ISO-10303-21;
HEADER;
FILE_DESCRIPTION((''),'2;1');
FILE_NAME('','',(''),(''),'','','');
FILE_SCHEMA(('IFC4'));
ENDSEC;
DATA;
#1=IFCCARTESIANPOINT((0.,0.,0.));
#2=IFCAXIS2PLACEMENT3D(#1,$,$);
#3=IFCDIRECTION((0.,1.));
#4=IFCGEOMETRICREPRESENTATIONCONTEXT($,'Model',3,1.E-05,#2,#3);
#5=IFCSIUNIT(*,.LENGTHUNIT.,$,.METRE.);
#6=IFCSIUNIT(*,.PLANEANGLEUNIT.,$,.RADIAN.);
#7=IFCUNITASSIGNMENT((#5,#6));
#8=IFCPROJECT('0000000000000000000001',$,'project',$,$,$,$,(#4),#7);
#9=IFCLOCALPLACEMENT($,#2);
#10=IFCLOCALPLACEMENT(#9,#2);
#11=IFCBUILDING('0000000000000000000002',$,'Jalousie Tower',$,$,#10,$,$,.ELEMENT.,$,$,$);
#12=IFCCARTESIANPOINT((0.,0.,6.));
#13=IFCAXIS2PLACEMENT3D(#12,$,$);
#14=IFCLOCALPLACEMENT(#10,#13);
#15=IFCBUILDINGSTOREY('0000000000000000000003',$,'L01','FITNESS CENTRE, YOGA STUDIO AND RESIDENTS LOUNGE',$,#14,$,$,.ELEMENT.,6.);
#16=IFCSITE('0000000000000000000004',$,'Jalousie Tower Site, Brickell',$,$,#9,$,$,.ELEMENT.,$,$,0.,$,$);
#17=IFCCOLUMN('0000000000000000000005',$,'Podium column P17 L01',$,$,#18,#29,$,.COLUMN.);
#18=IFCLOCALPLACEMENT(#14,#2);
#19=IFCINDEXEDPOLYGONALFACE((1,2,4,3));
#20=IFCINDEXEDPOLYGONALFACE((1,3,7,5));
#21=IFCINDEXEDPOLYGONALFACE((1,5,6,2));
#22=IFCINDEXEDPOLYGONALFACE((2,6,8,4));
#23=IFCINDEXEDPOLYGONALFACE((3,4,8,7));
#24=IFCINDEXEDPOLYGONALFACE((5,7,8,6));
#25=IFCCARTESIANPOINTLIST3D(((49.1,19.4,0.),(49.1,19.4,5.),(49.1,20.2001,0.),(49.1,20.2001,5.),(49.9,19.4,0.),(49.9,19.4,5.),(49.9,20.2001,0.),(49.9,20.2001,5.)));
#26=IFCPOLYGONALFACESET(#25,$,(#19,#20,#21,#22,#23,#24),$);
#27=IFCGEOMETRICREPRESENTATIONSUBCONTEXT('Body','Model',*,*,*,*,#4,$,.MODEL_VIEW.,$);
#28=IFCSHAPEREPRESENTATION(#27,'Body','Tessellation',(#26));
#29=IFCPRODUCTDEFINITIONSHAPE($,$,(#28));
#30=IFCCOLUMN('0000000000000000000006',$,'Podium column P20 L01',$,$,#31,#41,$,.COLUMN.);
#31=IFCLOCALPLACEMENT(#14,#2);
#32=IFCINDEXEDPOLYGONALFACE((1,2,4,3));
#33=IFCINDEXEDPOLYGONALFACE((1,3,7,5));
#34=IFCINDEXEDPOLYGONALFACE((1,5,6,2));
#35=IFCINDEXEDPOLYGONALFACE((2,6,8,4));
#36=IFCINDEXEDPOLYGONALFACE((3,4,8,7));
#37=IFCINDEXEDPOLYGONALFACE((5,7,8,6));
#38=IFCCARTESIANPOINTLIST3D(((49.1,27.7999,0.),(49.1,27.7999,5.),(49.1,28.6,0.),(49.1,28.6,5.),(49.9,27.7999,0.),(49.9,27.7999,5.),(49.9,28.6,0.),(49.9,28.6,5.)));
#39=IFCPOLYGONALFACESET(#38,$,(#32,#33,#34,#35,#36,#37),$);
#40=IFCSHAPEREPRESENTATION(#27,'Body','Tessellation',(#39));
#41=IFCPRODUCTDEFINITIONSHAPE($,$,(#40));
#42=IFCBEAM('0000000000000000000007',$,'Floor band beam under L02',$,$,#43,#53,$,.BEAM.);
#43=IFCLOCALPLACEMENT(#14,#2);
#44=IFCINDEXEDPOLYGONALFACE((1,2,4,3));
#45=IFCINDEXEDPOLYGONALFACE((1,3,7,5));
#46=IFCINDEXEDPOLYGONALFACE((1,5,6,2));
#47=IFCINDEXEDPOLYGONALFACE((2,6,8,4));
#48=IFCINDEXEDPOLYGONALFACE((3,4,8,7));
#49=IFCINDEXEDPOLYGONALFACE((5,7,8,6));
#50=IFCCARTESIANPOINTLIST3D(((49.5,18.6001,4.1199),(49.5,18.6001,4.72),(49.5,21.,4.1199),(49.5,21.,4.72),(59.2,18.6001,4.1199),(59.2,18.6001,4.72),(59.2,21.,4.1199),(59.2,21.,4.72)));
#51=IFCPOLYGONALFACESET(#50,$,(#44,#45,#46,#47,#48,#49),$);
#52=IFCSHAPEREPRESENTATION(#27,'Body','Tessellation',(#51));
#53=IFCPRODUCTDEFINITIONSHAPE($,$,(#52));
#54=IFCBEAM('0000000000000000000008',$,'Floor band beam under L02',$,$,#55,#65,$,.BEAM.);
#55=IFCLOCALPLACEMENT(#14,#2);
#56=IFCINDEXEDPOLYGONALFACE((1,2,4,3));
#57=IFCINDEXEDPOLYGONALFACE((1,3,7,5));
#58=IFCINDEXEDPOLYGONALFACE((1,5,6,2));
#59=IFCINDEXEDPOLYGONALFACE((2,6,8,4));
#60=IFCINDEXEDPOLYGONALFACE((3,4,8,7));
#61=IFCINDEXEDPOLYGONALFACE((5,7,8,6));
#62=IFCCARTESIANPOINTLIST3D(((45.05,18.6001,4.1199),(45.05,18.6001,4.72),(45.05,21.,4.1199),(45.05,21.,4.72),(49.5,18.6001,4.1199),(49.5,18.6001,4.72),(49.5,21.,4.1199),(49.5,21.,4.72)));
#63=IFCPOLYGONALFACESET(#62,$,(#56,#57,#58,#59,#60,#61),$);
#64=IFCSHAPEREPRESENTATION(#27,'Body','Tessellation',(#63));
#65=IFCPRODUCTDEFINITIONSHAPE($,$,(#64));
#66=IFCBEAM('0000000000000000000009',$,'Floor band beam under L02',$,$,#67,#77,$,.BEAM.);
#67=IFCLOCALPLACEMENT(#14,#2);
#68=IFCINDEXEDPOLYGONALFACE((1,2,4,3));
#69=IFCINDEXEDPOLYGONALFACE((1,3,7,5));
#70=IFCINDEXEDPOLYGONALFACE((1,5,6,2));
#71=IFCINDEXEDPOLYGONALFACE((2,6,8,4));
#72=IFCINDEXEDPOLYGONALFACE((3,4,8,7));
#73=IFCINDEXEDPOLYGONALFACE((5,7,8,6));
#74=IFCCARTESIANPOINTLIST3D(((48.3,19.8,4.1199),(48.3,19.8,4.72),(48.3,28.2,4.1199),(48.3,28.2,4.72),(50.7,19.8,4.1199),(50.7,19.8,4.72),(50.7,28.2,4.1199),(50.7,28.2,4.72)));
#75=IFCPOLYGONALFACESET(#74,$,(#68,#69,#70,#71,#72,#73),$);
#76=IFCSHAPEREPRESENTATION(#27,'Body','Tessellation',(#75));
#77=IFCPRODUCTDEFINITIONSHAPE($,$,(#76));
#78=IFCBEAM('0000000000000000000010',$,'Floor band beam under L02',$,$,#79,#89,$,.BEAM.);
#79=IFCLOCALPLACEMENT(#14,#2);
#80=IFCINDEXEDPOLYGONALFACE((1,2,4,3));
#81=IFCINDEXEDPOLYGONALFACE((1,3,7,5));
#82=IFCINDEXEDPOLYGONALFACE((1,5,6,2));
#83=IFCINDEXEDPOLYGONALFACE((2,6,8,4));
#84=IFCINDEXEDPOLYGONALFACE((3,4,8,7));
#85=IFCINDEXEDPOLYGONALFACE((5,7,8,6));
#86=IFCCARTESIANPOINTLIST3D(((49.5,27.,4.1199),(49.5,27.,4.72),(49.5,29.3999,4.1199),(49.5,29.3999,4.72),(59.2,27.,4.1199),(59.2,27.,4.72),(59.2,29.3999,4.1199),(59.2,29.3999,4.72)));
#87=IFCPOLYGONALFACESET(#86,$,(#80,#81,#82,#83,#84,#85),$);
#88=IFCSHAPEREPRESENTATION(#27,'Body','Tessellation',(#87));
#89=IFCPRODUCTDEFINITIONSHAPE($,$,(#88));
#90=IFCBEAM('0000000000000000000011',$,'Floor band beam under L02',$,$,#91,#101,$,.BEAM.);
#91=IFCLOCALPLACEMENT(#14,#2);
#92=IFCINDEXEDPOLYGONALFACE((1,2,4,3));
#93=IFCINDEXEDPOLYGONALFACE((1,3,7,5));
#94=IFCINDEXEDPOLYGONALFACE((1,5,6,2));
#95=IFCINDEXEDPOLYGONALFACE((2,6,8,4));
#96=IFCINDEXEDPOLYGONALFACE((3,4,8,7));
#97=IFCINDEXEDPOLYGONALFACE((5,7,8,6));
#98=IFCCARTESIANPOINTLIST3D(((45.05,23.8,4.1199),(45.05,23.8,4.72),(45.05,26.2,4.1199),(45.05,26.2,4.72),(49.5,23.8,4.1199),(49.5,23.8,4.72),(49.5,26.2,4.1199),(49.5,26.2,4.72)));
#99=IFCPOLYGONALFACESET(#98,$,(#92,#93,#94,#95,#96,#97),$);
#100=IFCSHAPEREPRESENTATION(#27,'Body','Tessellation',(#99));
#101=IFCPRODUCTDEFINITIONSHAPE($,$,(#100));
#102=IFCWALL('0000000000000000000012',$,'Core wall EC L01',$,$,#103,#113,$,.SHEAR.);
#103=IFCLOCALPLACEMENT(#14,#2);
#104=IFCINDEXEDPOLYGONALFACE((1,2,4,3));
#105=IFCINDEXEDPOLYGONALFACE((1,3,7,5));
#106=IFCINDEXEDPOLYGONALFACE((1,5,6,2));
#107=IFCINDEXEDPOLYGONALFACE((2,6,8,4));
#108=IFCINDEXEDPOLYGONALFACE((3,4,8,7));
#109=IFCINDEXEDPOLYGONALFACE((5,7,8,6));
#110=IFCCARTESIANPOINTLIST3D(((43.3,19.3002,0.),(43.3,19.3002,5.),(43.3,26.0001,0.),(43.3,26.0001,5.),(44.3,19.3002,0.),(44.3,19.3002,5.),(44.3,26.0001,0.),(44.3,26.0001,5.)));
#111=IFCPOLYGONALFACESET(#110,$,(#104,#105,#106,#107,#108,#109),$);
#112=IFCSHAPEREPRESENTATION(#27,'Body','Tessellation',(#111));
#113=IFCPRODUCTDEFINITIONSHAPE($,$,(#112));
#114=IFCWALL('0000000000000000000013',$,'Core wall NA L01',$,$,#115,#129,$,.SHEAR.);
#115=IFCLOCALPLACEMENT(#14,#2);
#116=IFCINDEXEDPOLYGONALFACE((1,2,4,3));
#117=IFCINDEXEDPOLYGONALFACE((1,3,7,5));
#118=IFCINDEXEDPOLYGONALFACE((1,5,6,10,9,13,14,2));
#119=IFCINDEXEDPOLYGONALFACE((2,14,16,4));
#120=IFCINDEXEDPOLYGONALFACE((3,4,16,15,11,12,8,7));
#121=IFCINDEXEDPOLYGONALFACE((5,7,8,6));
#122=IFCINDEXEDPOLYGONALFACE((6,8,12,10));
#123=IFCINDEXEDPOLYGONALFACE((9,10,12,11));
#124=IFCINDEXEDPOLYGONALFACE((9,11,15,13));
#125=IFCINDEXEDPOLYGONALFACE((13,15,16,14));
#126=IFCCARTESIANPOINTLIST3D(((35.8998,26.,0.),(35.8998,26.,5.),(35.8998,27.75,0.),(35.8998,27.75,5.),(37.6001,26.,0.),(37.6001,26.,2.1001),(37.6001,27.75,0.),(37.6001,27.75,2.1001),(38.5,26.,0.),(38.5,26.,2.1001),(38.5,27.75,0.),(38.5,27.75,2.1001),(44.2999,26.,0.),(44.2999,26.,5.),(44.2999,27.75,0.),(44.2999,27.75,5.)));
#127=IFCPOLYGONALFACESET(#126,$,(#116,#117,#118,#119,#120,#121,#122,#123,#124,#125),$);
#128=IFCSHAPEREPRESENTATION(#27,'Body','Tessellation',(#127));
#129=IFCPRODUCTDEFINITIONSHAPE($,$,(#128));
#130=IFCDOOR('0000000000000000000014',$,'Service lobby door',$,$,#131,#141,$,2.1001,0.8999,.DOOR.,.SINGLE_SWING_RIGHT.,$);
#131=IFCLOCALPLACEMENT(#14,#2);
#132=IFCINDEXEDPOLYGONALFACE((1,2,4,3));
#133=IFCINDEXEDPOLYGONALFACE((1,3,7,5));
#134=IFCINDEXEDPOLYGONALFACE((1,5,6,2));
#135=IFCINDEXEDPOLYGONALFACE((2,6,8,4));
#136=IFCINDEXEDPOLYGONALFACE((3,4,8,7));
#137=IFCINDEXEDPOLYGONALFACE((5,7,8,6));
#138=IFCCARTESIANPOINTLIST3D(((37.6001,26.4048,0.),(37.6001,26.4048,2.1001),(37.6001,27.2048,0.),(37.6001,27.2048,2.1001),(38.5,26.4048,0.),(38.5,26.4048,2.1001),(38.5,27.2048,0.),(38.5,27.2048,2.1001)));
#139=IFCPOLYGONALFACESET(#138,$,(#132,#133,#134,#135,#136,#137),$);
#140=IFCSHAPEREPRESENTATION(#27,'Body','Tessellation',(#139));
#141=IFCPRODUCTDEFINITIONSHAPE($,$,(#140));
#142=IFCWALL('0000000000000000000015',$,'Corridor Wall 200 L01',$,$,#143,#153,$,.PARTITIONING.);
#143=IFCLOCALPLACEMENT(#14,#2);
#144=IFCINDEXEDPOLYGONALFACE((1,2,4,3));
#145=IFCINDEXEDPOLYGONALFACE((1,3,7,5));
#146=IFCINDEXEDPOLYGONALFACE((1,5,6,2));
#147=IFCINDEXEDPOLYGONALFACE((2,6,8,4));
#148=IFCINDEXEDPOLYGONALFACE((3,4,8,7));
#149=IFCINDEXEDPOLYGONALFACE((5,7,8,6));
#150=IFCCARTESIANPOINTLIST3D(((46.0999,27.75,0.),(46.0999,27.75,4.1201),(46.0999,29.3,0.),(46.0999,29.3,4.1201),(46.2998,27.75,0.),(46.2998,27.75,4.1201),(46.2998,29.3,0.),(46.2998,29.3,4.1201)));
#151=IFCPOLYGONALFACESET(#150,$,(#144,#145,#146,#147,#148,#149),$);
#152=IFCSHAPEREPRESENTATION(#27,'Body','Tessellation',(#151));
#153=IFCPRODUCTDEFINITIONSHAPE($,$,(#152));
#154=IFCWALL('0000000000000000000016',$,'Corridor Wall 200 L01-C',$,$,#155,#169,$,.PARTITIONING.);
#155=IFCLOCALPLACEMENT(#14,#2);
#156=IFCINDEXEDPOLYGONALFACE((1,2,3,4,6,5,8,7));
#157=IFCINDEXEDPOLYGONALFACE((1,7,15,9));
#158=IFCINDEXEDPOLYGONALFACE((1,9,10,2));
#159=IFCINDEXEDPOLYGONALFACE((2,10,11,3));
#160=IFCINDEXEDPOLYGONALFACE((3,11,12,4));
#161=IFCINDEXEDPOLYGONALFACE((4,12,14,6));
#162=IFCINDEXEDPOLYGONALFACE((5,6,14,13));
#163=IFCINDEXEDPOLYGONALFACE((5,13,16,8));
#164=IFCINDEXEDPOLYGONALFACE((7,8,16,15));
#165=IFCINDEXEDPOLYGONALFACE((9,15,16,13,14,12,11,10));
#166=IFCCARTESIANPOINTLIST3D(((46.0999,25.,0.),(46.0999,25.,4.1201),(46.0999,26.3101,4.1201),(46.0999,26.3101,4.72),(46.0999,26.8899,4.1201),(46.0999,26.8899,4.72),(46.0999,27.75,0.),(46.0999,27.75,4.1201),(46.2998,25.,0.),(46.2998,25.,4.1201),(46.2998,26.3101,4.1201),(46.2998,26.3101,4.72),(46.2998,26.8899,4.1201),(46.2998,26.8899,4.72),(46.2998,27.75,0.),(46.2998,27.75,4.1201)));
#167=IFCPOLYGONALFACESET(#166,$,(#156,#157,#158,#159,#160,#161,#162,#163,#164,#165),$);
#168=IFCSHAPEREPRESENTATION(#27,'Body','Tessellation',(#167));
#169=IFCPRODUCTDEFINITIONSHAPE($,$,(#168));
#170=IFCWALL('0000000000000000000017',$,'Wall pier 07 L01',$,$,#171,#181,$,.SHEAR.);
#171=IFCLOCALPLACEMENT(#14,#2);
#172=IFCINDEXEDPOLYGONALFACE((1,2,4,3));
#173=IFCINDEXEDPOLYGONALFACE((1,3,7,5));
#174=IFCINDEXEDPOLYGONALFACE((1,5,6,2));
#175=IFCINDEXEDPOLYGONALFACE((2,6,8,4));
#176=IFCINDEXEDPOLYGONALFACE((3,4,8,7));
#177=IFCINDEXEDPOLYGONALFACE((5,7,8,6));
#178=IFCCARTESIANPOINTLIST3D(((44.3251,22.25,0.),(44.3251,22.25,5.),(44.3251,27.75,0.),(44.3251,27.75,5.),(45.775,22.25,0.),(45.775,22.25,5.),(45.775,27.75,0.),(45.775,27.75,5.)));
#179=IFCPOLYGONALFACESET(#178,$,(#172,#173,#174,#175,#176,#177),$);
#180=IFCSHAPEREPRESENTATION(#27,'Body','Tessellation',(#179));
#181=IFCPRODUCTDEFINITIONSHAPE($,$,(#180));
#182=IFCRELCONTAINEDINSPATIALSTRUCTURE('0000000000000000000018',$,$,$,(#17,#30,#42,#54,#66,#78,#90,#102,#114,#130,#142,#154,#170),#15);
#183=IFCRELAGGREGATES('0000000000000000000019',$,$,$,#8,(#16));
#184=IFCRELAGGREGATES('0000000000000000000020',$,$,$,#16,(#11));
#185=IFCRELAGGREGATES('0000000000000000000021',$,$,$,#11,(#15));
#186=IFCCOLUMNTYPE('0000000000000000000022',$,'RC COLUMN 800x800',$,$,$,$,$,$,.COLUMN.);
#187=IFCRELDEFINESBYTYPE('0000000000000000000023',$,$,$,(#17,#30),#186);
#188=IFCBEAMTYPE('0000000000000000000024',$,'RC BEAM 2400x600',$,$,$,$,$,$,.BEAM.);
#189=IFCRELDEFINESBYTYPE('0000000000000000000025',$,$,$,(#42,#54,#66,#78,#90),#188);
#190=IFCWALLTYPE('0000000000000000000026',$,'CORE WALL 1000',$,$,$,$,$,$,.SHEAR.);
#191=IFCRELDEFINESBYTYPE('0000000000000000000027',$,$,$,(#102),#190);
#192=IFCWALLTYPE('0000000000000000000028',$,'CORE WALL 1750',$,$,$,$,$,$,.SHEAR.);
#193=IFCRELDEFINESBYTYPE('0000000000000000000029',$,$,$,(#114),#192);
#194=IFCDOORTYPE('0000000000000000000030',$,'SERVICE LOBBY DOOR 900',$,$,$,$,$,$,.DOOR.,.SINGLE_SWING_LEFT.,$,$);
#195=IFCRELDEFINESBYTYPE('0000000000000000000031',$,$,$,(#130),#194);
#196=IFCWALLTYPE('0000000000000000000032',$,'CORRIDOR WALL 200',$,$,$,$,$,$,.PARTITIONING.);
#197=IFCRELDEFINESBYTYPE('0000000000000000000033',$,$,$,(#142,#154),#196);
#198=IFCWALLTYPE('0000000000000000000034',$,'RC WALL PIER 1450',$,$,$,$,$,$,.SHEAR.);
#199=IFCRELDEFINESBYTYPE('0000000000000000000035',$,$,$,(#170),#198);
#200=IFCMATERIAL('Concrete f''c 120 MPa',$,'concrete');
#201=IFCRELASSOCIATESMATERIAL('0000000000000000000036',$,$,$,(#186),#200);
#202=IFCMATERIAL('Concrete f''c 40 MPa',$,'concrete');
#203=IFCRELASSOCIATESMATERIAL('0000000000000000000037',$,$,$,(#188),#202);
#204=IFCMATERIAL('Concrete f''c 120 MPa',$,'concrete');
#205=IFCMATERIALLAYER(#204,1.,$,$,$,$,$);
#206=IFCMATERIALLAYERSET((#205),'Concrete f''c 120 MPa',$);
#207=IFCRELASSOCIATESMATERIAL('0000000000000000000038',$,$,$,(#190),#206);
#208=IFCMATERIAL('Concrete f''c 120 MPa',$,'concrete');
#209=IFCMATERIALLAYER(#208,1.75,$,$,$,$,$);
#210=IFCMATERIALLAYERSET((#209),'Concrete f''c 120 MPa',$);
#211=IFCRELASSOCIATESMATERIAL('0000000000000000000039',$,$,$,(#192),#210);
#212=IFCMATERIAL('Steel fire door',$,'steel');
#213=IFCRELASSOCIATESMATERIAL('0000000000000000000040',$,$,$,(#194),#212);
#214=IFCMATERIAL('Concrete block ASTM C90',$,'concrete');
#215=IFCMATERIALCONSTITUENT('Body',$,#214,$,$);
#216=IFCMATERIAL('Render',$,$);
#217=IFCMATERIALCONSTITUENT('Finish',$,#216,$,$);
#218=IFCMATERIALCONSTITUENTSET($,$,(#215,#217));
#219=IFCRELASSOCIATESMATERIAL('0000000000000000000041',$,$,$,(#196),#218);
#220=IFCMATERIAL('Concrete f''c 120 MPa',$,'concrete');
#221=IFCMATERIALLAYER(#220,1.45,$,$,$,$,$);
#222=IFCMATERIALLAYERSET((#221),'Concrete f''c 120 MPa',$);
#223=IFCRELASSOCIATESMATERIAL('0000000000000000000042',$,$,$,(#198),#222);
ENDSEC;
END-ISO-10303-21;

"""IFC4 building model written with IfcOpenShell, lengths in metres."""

from ifc_helpers import new_model, si_unit, direction, frame, frame_2d, origin, origin_2d, place, context, subcontext, project, spatial, polyline, rectangle, outline, extrude, material, layer, layer_set, constituent, constituent_set, material_profile, profile_set, type_object, element, fill, save


model = new_model("IFC4")

# Units and contexts
model_context = context("Model", 3, precision=1e-05, world=origin(), true_north=direction((0.0, 1.0)))
body_context = subcontext(model_context, "Body", "Model", "MODEL_VIEW")
ifc_project = project(units=[si_unit("LENGTHUNIT", "METRE"), si_unit("PLANEANGLEUNIT", "RADIAN")], contexts=[model_context])

# Site, building, storey
site_placement = place(None, origin())
site = spatial("IfcSite", under=ifc_project, at=site_placement, Name="Jalousie Tower Site, Brickell", CompositionType="ELEMENT", RefElevation=0.0)
building_placement = place(site_placement, origin())
building = spatial("IfcBuilding", under=site, at=building_placement, Name="Jalousie Tower", CompositionType="ELEMENT")
storey_placement = place(building_placement, frame((0.0, 0.0, 6.0)))
storey = spatial("IfcBuildingStorey", under=building, at=storey_placement, Name="L01", Description="FITNESS CENTRE, YOGA STUDIO AND RESIDENTS LOUNGE", CompositionType="ELEMENT", Elevation=6.0)

# Columns
ifc_material_1 = material(Name="Concrete f'c 120 MPa", Category="concrete")
ifc_material_profile_1 = material_profile(ifc_material_1, rectangle(XDim=0.8, YDim=0.8, at=origin_2d()), Name="RC 800x800")
ifc_profile_set_1 = profile_set([ifc_material_profile_1], Name="Concrete f'c 120 MPa")
column_type = type_object("IfcColumnType", Name="RC COLUMN 800x800", PredefinedType="COLUMN", material=ifc_profile_set_1)
for number, where, z_axis, x_axis, name in (
    (1, (49.5, 19.8, 0.0), (0.0, 0.0, 1.0), (1.0, 0.0, 0.0), "Podium column P17 L01"),
    (2, (49.5, 28.2, 0.0), (0.0, 0.0, 1.0), (1.0, 0.0, 0.0), "Podium column P20 L01"),
):
    element("IfcColumn", number, at=place(storey_placement, frame(where, z_axis=z_axis, x_axis=x_axis)), inside=storey, type_object=column_type, Name=name, PredefinedType="COLUMN", context=body_context, shape_type="SweptSolid", body=[
        extrude(rectangle(XDim=0.8, YDim=0.8, at=origin_2d()), origin(), (0.0, 0.0, 1.0), 5.0),
    ])

# Beams
ifc_material_2 = material(Name="Concrete f'c 40 MPa", Category="concrete")
ifc_material_profile_2 = material_profile(ifc_material_2, rectangle(XDim=2.3999, YDim=0.6001, at=origin_2d()), Name="RC 2400x600")
ifc_profile_set_2 = profile_set([ifc_material_profile_2], Name="Concrete f'c 40 MPa")
beam_type = type_object("IfcBeamType", Name="RC BEAM 2400x600", PredefinedType="BEAM", material=ifc_profile_set_2)
beam_1_placement = place(storey_placement, frame((49.5, 19.8, 4.4199), z_axis=(1.0, 0.0, 0.0), x_axis=(0.0, 1.0, 0.0)))
element("IfcBeam", 3, at=beam_1_placement, inside=storey, type_object=beam_type, Name="Floor band beam under L02", PredefinedType="BEAM", context=body_context, shape_type="SweptSolid", body=[
    extrude(rectangle(XDim=2.3999, YDim=0.6001, at=origin_2d()), origin(), (0.0, 0.0, 1.0), 9.7),
])
beam_2_placement = place(storey_placement, frame((49.5, 19.8, 4.4199), z_axis=(-1.0, 0.0, 0.0), x_axis=(0.0, -1.0, 0.0)))
element("IfcBeam", 4, at=beam_2_placement, inside=storey, type_object=beam_type, Name="Floor band beam under L02", PredefinedType="BEAM", context=body_context, shape_type="SweptSolid", body=[
    extrude(rectangle(XDim=2.3999, YDim=0.6001, at=origin_2d()), origin(), (0.0, 0.0, 1.0), 4.45),
])
beam_3_placement = place(storey_placement, frame((49.5, 19.8, 4.4199), z_axis=(0.0, 1.0, 0.0), x_axis=(-1.0, 0.0, 0.0)))
element("IfcBeam", 5, at=beam_3_placement, inside=storey, type_object=beam_type, Name="Floor band beam under L02", PredefinedType="BEAM", context=body_context, shape_type="SweptSolid", body=[
    extrude(rectangle(XDim=2.3999, YDim=0.6001, at=origin_2d()), origin(), (0.0, 0.0, 1.0), 8.3999),
])
beam_4_placement = place(storey_placement, frame((49.5, 28.2, 4.4199), z_axis=(1.0, 0.0, 0.0), x_axis=(0.0, 1.0, 0.0)))
element("IfcBeam", 6, at=beam_4_placement, inside=storey, type_object=beam_type, Name="Floor band beam under L02", PredefinedType="BEAM", context=body_context, shape_type="SweptSolid", body=[
    extrude(rectangle(XDim=2.3999, YDim=0.6001, at=origin_2d()), origin(), (0.0, 0.0, 1.0), 9.7),
])
beam_5_placement = place(storey_placement, frame((45.05, 25.0, 4.4199), z_axis=(1.0, 0.0, 0.0), x_axis=(0.0, 1.0, 0.0)))
element("IfcBeam", 7, at=beam_5_placement, inside=storey, type_object=beam_type, Name="Floor band beam under L02", PredefinedType="BEAM", context=body_context, shape_type="SweptSolid", body=[
    extrude(rectangle(XDim=2.3999, YDim=0.6001, at=origin_2d()), origin(), (0.0, 0.0, 1.0), 4.45),
])

# Wall
ifc_material_3 = material(Name="Concrete f'c 120 MPa", Category="concrete")
ifc_layer_1 = layer(ifc_material_3, 1.0)
ifc_layer_set_1 = layer_set([ifc_layer_1], Name="Concrete f'c 120 MPa")
wall_type_1 = type_object("IfcWallType", Name="CORE WALL 1000", PredefinedType="SHEAR", material=ifc_layer_set_1)
wall_1_placement = place(storey_placement, frame((43.8, 19.3, 0.0), z_axis=(0.0, 0.0, 1.0), x_axis=(0.0, 1.0, 0.0)))
element("IfcWall", 8, at=wall_1_placement, inside=storey, type_object=wall_type_1, Name="Core wall EC L01", PredefinedType="SHEAR", context=body_context, shape_type="SweptSolid", body=[
    extrude(rectangle(XDim=6.7, YDim=1.0, at=frame_2d((3.3501, 0.0))), origin(), (0.0, 0.0, 1.0), 5.0),
])

# Wall, opening, door
ifc_material_4 = material(Name="Concrete f'c 120 MPa", Category="concrete")
ifc_layer_2 = layer(ifc_material_4, 1.75)
ifc_layer_set_2 = layer_set([ifc_layer_2], Name="Concrete f'c 120 MPa")
wall_type_2 = type_object("IfcWallType", Name="CORE WALL 1750", PredefinedType="SHEAR", material=ifc_layer_set_2)
wall_2_placement = place(storey_placement, frame((44.3, 26.875, 0.0), z_axis=(0.0, 0.0, 1.0), x_axis=(-1.0, 0.0, 0.0)))
wall_2 = element("IfcWall", 9, at=wall_2_placement, inside=storey, type_object=wall_type_2, Name="Core wall NA L01", PredefinedType="SHEAR", context=body_context, shape_type="SweptSolid", body=[
    extrude(rectangle(XDim=8.4001, YDim=1.75, at=frame_2d((4.2002, 0.0))), origin(), (0.0, 0.0, 1.0), 5.0),
])
opening_placement = place(wall_2_placement, frame((5.8, 0.0, 0.0)))
opening = element("IfcOpeningElement", 10, at=opening_placement, cuts=wall_2, PredefinedType="OPENING", context=body_context, shape_type="SweptSolid", body=[
    extrude(rectangle(XDim=0.8999, YDim=2.1001, at=frame_2d((0.45, 1.05))), frame((0.0, 0.885, 0.0), z_axis=(0.0, -1.0, 0.0), x_axis=(1.0, 0.0, 0.0)), (0.0, 0.0, 1.0), 1.77),
])
ifc_material_5 = material(Name="Steel fire door", Category="steel")
door_type = type_object("IfcDoorType", Name="SERVICE LOBBY DOOR 900", OperationType="SINGLE_SWING_LEFT", PredefinedType="DOOR", material=ifc_material_5)
door_placement = place(opening_placement, origin())
door = element("IfcDoor", 11, at=door_placement, inside=storey, type_object=door_type, Name="Service lobby door", OperationType="SINGLE_SWING_RIGHT", OverallHeight=2.1001, OverallWidth=0.8999, PredefinedType="DOOR", context=body_context, shape_type="SweptSolid", body=[
    extrude(rectangle(XDim=0.8999, YDim=2.1001, at=frame_2d((0.45, 1.05))), frame((0.0, 0.4702, 0.0), z_axis=(0.0, -1.0, 0.0), x_axis=(1.0, 0.0, 0.0)), (0.0, 0.0, 1.0), 0.8),
])
fill(opening, door)

# Walls
ifc_material_6 = material(Name="Concrete block ASTM C90", Category="concrete")
ifc_constituent_1 = constituent(ifc_material_6, Name="Body")
ifc_material_7 = material(Name="Render")
ifc_constituent_2 = constituent(ifc_material_7, Name="Finish")
ifc_constituent_set_1 = constituent_set(constituents=[ifc_constituent_1, ifc_constituent_2])
wall_type_3 = type_object("IfcWallType", Name="CORRIDOR WALL 200", PredefinedType="PARTITIONING", material=ifc_constituent_set_1)
wall_3_placement = place(storey_placement, frame((46.2, 27.75, 0.0), z_axis=(0.0, 0.0, 1.0), x_axis=(0.0, 1.0, 0.0)))
element("IfcWall", 12, at=wall_3_placement, inside=storey, type_object=wall_type_3, Name="Corridor Wall 200 L01", PredefinedType="PARTITIONING", context=body_context, shape_type="SweptSolid", body=[
    extrude(outline(polyline([(0.0, 0.0), (1.55, 0.0), (1.55, 4.72), (1.55, 4.1201), (0.0, 4.1201), (0.0, 4.72), (0.0, 0.0)])), frame((0.0, 0.1001, 0.0), z_axis=(0.0, -1.0, 0.0), x_axis=(1.0, 0.0, 0.0)), (0.0, 0.0, 1.0), 0.2),
])
wall_4_placement = place(storey_placement, frame((46.2, 25.0, 0.0), z_axis=(0.0, 0.0, 1.0), x_axis=(0.0, 1.0, 0.0)))
element("IfcWall", 13, at=wall_4_placement, inside=storey, type_object=wall_type_3, Name="Corridor Wall 200 L01-C", PredefinedType="PARTITIONING", context=body_context, shape_type="SweptSolid", body=[
    extrude(outline(polyline([(0.0, 0.0), (2.75, 0.0), (2.75, 4.1201), (1.8899, 4.1201), (1.8899, 4.72), (1.3101, 4.72), (1.3101, 4.1201), (0.0, 4.1201), (0.0, 0.0)])), frame((0.0, 0.1001, 0.0), z_axis=(0.0, -1.0, 0.0), x_axis=(1.0, 0.0, 0.0)), (0.0, 0.0, 1.0), 0.2),
])
ifc_material_8 = material(Name="Concrete f'c 120 MPa", Category="concrete")
ifc_layer_3 = layer(ifc_material_8, 1.45)
ifc_layer_set_3 = layer_set([ifc_layer_3], Name="Concrete f'c 120 MPa")
wall_type_4 = type_object("IfcWallType", Name="RC WALL PIER 1450", PredefinedType="SHEAR", material=ifc_layer_set_3)
wall_5_placement = place(storey_placement, frame((45.05, 22.25, 0.0), z_axis=(0.0, 0.0, 1.0), x_axis=(0.0, 1.0, 0.0)))
element("IfcWall", 14, at=wall_5_placement, inside=storey, type_object=wall_type_4, Name="Wall pier 07 L01", PredefinedType="SHEAR", context=body_context, shape_type="SweptSolid", body=[
    extrude(rectangle(XDim=5.5, YDim=1.45, at=frame_2d((2.75, 0.0))), origin(), (0.0, 0.0, 1.0), 5.0),
])

save(model, "model.ifc")
